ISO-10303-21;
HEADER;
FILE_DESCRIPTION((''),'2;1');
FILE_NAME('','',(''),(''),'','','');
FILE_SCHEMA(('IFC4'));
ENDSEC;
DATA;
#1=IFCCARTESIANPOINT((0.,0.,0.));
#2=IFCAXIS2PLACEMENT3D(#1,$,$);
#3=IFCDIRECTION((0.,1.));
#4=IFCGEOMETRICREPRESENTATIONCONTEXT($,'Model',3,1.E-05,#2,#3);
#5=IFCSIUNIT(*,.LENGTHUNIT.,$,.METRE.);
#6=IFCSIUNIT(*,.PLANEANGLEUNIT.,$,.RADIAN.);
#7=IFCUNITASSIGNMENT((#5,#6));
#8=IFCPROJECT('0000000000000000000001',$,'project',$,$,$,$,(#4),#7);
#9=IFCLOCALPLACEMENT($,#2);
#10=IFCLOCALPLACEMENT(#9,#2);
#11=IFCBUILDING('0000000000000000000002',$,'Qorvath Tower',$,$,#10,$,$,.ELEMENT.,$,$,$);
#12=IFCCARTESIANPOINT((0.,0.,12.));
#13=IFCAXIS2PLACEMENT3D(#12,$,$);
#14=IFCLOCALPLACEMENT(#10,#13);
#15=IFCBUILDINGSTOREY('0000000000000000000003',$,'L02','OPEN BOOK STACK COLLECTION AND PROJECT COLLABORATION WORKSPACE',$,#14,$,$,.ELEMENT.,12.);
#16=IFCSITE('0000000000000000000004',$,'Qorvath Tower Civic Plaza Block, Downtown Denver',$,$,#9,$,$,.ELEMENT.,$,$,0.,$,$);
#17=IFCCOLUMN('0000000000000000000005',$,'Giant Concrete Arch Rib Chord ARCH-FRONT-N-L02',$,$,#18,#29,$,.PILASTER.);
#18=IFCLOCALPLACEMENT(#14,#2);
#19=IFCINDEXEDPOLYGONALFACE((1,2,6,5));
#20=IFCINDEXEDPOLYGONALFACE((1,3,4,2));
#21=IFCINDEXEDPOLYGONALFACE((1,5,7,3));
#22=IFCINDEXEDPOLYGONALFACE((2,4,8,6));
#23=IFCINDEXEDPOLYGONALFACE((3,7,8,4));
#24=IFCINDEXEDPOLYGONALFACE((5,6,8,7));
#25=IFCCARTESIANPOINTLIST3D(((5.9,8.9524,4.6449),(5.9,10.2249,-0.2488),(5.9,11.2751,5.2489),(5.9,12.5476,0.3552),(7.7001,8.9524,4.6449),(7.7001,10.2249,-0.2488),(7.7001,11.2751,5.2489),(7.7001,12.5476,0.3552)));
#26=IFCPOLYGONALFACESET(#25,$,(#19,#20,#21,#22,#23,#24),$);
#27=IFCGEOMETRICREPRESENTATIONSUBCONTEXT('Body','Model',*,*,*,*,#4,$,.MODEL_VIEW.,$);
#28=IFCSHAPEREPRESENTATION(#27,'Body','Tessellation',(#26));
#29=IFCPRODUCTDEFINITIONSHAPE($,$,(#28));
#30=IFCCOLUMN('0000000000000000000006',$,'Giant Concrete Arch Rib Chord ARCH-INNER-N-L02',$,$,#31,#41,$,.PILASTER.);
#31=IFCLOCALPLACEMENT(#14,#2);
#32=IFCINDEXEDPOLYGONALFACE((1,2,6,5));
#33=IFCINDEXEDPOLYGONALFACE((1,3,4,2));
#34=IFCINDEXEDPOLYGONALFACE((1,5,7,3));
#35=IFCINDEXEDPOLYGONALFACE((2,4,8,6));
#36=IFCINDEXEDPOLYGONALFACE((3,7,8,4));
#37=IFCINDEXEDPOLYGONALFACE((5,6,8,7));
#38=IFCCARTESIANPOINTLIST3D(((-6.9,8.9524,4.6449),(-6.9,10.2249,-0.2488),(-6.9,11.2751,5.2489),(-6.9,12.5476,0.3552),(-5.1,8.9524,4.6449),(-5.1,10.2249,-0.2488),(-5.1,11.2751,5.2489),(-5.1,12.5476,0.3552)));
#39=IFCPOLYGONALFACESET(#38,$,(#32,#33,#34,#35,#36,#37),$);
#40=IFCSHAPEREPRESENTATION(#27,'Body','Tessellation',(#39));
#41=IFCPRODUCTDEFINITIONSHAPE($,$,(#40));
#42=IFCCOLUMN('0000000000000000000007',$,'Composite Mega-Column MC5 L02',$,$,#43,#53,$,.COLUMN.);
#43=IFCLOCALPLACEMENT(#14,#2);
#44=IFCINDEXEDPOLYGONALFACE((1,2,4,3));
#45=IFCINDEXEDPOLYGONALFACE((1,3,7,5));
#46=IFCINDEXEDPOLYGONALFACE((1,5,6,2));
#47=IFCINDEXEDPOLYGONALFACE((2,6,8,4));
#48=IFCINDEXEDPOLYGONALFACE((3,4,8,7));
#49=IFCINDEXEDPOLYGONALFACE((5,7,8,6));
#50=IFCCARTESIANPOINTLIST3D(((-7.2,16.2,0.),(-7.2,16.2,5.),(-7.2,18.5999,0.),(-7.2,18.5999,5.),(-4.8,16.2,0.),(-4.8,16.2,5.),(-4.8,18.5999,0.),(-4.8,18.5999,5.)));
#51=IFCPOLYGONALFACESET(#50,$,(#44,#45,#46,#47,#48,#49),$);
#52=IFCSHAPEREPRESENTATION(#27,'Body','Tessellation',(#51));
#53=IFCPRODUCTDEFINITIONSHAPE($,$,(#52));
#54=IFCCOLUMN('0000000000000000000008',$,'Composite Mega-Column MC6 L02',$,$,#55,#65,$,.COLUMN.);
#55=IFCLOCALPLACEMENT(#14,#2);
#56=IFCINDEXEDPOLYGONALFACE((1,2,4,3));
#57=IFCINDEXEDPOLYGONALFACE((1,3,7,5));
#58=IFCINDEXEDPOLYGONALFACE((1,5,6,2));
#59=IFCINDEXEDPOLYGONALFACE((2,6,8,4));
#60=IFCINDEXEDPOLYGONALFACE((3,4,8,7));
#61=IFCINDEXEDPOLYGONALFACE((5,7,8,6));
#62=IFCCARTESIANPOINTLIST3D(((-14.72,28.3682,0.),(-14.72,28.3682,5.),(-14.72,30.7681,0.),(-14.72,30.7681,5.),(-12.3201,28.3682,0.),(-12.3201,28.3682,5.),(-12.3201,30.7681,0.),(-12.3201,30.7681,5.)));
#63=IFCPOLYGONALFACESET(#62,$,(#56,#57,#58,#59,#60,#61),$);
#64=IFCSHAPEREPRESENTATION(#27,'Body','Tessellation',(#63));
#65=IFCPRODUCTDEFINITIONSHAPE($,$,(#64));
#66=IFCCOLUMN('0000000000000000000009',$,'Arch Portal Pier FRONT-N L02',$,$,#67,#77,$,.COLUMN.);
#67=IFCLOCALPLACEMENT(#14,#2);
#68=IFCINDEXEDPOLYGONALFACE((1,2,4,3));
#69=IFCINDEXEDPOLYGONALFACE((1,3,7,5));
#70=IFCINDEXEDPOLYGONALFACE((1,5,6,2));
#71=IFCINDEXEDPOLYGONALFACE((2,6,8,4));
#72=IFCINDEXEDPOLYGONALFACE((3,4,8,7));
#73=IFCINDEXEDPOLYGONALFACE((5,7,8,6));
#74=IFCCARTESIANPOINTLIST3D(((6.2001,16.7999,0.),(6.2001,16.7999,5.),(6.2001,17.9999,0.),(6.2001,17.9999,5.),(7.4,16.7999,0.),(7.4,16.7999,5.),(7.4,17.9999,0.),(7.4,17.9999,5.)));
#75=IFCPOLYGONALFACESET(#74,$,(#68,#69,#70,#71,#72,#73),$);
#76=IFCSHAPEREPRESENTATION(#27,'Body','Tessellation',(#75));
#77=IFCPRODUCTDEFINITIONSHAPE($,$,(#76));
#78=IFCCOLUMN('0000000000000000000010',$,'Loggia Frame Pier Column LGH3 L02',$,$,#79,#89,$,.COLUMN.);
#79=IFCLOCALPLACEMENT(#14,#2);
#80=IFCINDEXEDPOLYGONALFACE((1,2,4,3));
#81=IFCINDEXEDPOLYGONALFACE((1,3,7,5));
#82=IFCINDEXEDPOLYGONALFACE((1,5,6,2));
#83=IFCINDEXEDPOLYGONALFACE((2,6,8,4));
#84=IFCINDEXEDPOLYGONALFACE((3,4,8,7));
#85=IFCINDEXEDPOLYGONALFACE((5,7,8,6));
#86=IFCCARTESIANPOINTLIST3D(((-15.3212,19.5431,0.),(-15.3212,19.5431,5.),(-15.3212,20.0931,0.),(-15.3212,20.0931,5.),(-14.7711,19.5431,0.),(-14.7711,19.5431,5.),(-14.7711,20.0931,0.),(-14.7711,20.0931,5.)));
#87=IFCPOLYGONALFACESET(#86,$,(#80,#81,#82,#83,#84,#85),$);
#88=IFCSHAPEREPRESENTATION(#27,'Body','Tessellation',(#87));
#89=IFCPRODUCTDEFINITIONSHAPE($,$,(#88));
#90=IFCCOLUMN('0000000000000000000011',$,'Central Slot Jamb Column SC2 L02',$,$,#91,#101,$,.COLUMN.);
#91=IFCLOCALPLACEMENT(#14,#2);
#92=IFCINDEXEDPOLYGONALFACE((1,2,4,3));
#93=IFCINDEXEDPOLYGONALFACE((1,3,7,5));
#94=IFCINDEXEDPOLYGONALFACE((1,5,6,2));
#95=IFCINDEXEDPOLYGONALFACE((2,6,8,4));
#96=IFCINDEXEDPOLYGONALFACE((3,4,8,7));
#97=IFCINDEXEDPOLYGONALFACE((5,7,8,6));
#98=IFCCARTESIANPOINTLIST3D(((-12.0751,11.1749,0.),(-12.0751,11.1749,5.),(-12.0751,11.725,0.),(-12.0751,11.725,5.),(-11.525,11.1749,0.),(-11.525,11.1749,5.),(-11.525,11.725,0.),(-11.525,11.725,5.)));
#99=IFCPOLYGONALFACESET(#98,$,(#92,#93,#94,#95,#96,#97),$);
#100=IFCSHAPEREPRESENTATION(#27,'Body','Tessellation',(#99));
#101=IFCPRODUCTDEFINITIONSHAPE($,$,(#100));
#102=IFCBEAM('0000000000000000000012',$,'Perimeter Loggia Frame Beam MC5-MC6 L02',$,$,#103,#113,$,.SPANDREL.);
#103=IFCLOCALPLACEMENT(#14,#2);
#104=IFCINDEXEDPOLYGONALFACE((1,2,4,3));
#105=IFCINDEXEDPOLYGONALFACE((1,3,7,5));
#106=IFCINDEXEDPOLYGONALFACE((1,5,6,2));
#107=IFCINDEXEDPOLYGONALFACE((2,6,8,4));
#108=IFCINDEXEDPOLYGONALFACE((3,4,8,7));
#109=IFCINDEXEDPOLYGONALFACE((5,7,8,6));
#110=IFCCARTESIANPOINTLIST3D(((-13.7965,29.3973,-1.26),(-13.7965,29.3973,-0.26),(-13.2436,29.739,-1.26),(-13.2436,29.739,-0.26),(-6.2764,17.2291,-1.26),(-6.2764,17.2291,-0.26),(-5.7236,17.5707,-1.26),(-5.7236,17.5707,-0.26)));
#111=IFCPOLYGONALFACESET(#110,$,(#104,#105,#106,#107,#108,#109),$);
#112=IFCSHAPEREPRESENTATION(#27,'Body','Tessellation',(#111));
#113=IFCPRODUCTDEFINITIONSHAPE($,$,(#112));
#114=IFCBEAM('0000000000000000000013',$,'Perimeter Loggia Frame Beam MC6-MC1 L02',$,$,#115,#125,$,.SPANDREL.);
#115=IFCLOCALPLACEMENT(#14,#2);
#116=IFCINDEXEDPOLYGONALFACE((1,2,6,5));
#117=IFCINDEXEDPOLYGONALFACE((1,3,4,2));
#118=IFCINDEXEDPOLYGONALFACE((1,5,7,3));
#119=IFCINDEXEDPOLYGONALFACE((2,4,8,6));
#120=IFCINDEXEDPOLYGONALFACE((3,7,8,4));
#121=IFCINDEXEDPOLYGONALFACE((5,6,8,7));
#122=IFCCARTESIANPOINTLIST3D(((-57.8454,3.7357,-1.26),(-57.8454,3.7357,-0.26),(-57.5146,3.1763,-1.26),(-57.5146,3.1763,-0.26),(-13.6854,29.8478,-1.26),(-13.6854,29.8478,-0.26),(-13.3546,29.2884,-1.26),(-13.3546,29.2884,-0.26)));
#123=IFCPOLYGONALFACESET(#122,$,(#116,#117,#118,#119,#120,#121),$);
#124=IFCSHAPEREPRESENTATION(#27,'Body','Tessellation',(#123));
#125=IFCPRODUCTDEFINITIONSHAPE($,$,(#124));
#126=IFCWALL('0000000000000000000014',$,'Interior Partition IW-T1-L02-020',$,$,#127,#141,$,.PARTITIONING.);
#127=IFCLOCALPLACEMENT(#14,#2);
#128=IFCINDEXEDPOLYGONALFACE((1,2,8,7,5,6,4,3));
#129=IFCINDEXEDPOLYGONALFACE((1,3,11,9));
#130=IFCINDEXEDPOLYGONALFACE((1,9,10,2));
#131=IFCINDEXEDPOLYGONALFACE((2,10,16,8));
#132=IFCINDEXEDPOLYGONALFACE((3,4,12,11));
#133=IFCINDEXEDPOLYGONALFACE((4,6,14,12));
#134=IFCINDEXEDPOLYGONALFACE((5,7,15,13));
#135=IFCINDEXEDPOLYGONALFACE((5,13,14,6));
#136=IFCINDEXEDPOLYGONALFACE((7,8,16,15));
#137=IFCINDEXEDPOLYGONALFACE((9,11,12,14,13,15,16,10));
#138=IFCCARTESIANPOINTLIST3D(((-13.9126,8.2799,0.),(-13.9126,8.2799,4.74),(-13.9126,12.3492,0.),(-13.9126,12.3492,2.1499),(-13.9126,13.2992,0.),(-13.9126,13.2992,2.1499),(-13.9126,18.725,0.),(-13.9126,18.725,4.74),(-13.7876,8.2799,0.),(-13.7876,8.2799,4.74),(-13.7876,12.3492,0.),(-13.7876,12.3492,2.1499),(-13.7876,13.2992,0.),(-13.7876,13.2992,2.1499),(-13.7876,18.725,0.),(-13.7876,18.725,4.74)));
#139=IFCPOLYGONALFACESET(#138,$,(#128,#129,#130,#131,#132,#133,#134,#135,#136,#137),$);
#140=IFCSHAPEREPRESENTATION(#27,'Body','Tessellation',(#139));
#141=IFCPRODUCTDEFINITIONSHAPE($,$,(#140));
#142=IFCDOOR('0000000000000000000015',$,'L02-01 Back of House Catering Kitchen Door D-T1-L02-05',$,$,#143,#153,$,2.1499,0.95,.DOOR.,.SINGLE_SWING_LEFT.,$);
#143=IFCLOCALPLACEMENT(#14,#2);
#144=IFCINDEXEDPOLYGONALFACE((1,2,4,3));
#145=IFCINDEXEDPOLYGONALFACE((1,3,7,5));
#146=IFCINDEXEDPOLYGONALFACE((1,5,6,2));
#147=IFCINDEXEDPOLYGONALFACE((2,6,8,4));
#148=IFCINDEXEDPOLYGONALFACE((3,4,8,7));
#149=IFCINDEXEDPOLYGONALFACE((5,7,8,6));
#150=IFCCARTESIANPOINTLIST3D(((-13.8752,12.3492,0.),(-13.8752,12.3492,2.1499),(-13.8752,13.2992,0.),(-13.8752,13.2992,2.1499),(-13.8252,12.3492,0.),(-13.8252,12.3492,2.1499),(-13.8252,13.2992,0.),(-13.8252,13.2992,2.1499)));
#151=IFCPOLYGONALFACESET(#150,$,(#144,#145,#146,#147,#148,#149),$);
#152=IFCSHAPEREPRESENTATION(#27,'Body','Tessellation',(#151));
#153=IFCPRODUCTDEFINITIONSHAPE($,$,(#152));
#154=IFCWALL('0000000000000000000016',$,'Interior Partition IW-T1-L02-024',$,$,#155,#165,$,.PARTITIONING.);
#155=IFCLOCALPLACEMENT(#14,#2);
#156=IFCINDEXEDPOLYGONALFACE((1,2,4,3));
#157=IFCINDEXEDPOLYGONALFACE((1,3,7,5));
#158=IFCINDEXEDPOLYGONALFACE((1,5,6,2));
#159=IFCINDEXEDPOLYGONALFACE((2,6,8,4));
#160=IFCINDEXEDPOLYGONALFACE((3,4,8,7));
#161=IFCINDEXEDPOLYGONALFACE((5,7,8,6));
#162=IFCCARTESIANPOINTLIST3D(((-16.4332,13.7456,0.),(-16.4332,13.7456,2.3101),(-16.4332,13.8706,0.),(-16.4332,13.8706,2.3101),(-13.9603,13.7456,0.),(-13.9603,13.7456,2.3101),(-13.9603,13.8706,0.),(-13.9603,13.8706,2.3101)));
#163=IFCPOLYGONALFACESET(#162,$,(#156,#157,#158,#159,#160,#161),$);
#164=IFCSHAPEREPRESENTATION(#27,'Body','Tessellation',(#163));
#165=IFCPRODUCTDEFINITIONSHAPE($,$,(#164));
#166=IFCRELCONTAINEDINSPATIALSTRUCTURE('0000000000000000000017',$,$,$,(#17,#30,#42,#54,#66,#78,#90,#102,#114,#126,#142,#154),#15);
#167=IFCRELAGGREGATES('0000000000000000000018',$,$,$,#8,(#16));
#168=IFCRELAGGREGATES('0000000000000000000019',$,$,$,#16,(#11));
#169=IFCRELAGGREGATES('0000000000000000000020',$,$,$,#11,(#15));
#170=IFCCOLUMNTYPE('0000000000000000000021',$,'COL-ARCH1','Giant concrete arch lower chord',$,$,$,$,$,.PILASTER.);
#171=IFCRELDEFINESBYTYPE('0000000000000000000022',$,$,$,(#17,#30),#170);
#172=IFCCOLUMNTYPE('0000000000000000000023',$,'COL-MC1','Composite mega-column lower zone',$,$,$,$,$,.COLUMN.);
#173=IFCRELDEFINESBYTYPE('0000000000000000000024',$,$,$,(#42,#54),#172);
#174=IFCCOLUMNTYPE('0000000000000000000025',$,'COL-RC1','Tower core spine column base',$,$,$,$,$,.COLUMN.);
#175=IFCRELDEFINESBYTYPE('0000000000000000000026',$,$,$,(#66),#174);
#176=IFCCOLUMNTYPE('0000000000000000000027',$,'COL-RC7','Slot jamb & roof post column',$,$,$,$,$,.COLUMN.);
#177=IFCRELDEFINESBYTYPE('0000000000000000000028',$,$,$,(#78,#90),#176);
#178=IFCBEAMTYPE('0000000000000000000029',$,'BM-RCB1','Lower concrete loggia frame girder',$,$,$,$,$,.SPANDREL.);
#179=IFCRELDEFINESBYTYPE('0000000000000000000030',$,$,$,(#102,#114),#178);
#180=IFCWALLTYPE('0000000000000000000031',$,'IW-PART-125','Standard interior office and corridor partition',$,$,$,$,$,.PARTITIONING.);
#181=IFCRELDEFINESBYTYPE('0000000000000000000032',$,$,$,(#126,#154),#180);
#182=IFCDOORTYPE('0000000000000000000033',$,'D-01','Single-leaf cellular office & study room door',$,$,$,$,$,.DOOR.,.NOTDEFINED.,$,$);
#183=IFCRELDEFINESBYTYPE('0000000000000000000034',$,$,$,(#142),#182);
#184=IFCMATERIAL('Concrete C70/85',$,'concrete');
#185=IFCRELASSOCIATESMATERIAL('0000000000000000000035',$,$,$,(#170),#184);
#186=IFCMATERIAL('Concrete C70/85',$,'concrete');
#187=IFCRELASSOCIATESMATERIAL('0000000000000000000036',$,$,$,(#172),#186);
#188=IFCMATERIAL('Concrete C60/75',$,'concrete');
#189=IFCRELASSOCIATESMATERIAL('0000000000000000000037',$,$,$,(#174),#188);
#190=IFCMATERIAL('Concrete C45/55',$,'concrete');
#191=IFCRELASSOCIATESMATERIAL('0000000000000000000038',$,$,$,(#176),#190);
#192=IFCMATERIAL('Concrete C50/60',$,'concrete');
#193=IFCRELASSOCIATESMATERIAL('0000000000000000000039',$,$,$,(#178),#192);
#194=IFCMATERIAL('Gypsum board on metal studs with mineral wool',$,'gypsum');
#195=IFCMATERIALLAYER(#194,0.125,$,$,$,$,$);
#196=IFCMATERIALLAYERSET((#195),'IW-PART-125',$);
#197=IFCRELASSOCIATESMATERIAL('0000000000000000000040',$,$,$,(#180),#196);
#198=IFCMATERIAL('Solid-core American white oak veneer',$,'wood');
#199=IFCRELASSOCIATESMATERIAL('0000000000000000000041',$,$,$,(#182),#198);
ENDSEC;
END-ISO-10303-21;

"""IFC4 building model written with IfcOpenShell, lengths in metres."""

from ifc_helpers import new_model, si_unit, direction, frame, frame_2d, origin, origin_2d, place, context, subcontext, project, spatial, rectangle, extrude, material, layer, layer_set, material_profile, profile_set, type_object, element, fill, save


model = new_model("IFC4")

# Units and contexts
model_context = context("Model", 3, precision=1e-05, world=origin(), true_north=direction((0.0, 1.0)))
body_context = subcontext(model_context, "Body", "Model", "MODEL_VIEW")
ifc_project = project(units=[si_unit("LENGTHUNIT", "METRE"), si_unit("PLANEANGLEUNIT", "RADIAN")], contexts=[model_context])

# Site, building, storey
site_placement = place(None, origin())
site = spatial("IfcSite", under=ifc_project, at=site_placement, Name="Qorvath Tower Civic Plaza Block, Downtown Denver", CompositionType="ELEMENT", RefElevation=0.0)
building_placement = place(site_placement, origin())
building = spatial("IfcBuilding", under=site, at=building_placement, Name="Qorvath Tower", CompositionType="ELEMENT")
storey_placement = place(building_placement, frame((0.0, 0.0, 12.0)))
storey = spatial("IfcBuildingStorey", under=building, at=storey_placement, Name="L02", Description="OPEN BOOK STACK COLLECTION AND PROJECT COLLABORATION WORKSPACE", CompositionType="ELEMENT", Elevation=12.0)

# Columns
ifc_material_1 = material(Name="Concrete C70/85", Category="concrete")
ifc_material_profile_1 = material_profile(ifc_material_1, rectangle(XDim=1.8, YDim=2.3999, at=origin_2d()), Name="ARCH 2400x1800")
ifc_profile_set_1 = profile_set([ifc_material_profile_1], Name="Concrete C70/85")
column_type_1 = type_object("IfcColumnType", Name="COL-ARCH1", Description="Giant concrete arch lower chord", PredefinedType="PILASTER", material=ifc_profile_set_1)
for number, where, z_axis, x_axis, name in (
    (1, (6.8, 11.3862, 0.0532), (0.0, -0.251659, 0.967816), (1.0, 0.0, 0.0), "Giant Concrete Arch Rib Chord ARCH-FRONT-N-L02"),
    (2, (-6.0, 11.3862, 0.0532), (0.0, -0.251659, 0.967816), (1.0, 0.0, 0.0), "Giant Concrete Arch Rib Chord ARCH-INNER-N-L02"),
):
    element("IfcColumn", number, at=place(storey_placement, frame(where, z_axis=z_axis, x_axis=x_axis)), inside=storey, type_object=column_type_1, Name=name, PredefinedType="PILASTER", context=body_context, shape_type="SweptSolid", body=[
        extrude(rectangle(XDim=1.8, YDim=2.3999, at=origin_2d()), origin(), (0.0, 0.0, 1.0), 5.0564),
    ])
ifc_material_2 = material(Name="Concrete C70/85", Category="concrete")
ifc_material_profile_2 = material_profile(ifc_material_2, rectangle(XDim=2.3999, YDim=2.3999, at=origin_2d()), Name="MC 2400x2400")
ifc_profile_set_2 = profile_set([ifc_material_profile_2], Name="Concrete C70/85")
column_type_2 = type_object("IfcColumnType", Name="COL-MC1", Description="Composite mega-column lower zone", PredefinedType="COLUMN", material=ifc_profile_set_2)
for number, where, z_axis, x_axis, name in (
    (3, (-6.0, 17.3999, 0.0), (0.0, 0.0, 1.0), (1.0, 0.0, 0.0), "Composite Mega-Column MC5 L02"),
    (4, (-13.52, 29.5681, 0.0), (0.0, 0.0, 1.0), (1.0, 0.0, 0.0), "Composite Mega-Column MC6 L02"),
):
    element("IfcColumn", number, at=place(storey_placement, frame(where, z_axis=z_axis, x_axis=x_axis)), inside=storey, type_object=column_type_2, Name=name, PredefinedType="COLUMN", context=body_context, shape_type="SweptSolid", body=[
        extrude(rectangle(XDim=2.3999, YDim=2.3999, at=origin_2d()), origin(), (0.0, 0.0, 1.0), 5.0),
    ])
ifc_material_3 = material(Name="Concrete C60/75", Category="concrete")
ifc_material_profile_3 = material_profile(ifc_material_3, rectangle(XDim=1.2, YDim=1.2, at=origin_2d()), Name="RC 1200x1200")
ifc_profile_set_3 = profile_set([ifc_material_profile_3], Name="Concrete C60/75")
column_type_3 = type_object("IfcColumnType", Name="COL-RC1", Description="Tower core spine column base", PredefinedType="COLUMN", material=ifc_profile_set_3)
column_placement = place(storey_placement, frame((6.8, 17.3999, 0.0), z_axis=(0.0, 0.0, 1.0), x_axis=(1.0, 0.0, 0.0)))
element("IfcColumn", 5, at=column_placement, inside=storey, type_object=column_type_3, Name="Arch Portal Pier FRONT-N L02", PredefinedType="COLUMN", context=body_context, shape_type="SweptSolid", body=[
    extrude(rectangle(XDim=1.2, YDim=1.2, at=origin_2d()), origin(), (0.0, 0.0, 1.0), 5.0),
])
ifc_material_4 = material(Name="Concrete C45/55", Category="concrete")
ifc_material_profile_4 = material_profile(ifc_material_4, rectangle(XDim=0.55, YDim=0.55, at=origin_2d()), Name="RC 550x550")
ifc_profile_set_4 = profile_set([ifc_material_profile_4], Name="Concrete C45/55")
column_type_4 = type_object("IfcColumnType", Name="COL-RC7", Description="Slot jamb & roof post column", PredefinedType="COLUMN", material=ifc_profile_set_4)
for number, where, z_axis, x_axis, name in (
    (6, (-15.0461, 19.8181, 0.0), (0.0, 0.0, 1.0), (1.0, 0.0, 0.0), "Loggia Frame Pier Column LGH3 L02"),
    (7, (-11.8, 11.45, 0.0), (0.0, 0.0, 1.0), (1.0, 0.0, 0.0), "Central Slot Jamb Column SC2 L02"),
):
    element("IfcColumn", number, at=place(storey_placement, frame(where, z_axis=z_axis, x_axis=x_axis)), inside=storey, type_object=column_type_4, Name=name, PredefinedType="COLUMN", context=body_context, shape_type="SweptSolid", body=[
        extrude(rectangle(XDim=0.55, YDim=0.55, at=origin_2d()), origin(), (0.0, 0.0, 1.0), 5.0),
    ])

# Beams
ifc_material_5 = material(Name="Concrete C50/60", Category="concrete")
ifc_material_profile_5 = material_profile(ifc_material_5, rectangle(XDim=0.6499, YDim=1.0, at=origin_2d()), Name="RCB 1000x650")
ifc_profile_set_5 = profile_set([ifc_material_profile_5], Name="Concrete C50/60")
beam_type = type_object("IfcBeamType", Name="BM-RCB1", Description="Lower concrete loggia frame girder", PredefinedType="SPANDREL", material=ifc_profile_set_5)
beam_1_placement = place(storey_placement, frame((-6.0, 17.3999, -0.76), z_axis=(-0.525713, 0.850662, 0.0), x_axis=(-0.850662, -0.525713, 0.0)))
element("IfcBeam", 8, at=beam_1_placement, inside=storey, type_object=beam_type, Name="Perimeter Loggia Frame Beam MC5-MC6 L02", PredefinedType="SPANDREL", context=body_context, shape_type="SweptSolid", body=[
    extrude(rectangle(XDim=0.6499, YDim=1.0, at=origin_2d()), origin(), (0.0, 0.0, 1.0), 14.3044),
])
beam_2_placement = place(storey_placement, frame((-13.52, 29.5681, -0.76), z_axis=(-0.860777, -0.508983, 0.0), x_axis=(0.508983, -0.860777, 0.0)))
element("IfcBeam", 9, at=beam_2_placement, inside=storey, type_object=beam_type, Name="Perimeter Loggia Frame Beam MC6-MC1 L02", PredefinedType="SPANDREL", context=body_context, shape_type="SweptSolid", body=[
    extrude(rectangle(XDim=0.6499, YDim=1.0, at=origin_2d()), origin(), (0.0, 0.0, 1.0), 51.3025),
])

# Wall, opening, door
ifc_material_6 = material(Name="Gypsum board on metal studs with mineral wool", Category="gypsum")
ifc_layer_1 = layer(ifc_material_6, 0.125)
ifc_layer_set_1 = layer_set([ifc_layer_1], Name="IW-PART-125")
wall_type_1 = type_object("IfcWallType", Name="IW-PART-125", Description="Standard interior office and corridor partition", PredefinedType="PARTITIONING", material=ifc_layer_set_1)
wall_1_placement = place(storey_placement, frame((-13.8501, 18.7251, 0.0), z_axis=(0.0, 0.0, 1.0), x_axis=(0.0, -1.0, 0.0)))
wall_1 = element("IfcWall", 10, at=wall_1_placement, inside=storey, type_object=wall_type_1, Name="Interior Partition IW-T1-L02-020", PredefinedType="PARTITIONING", context=body_context, shape_type="SweptSolid", body=[
    extrude(rectangle(XDim=10.4451, YDim=0.125, at=frame_2d((5.2227, 0.0))), origin(), (0.0, 0.0, 1.0), 4.74),
])
opening_1_placement = place(wall_1_placement, frame((5.4258, 0.0, 0.0)))
opening_1 = element("IfcOpeningElement", 11, at=opening_1_placement, cuts=wall_1, PredefinedType="OPENING", context=body_context, shape_type="SweptSolid", body=[
    extrude(rectangle(XDim=0.95, YDim=2.1499, at=frame_2d((0.4751, 1.075))), frame((0.0, 0.0725, 0.0), z_axis=(0.0, -1.0, 0.0), x_axis=(1.0, 0.0, 0.0)), (0.0, 0.0, 1.0), 0.145),
])
ifc_material_7 = material(Name="Solid-core American white oak veneer", Category="wood")
door_type_1 = type_object("IfcDoorType", Name="D-01", Description="Single-leaf cellular office & study room door", OperationType="NOTDEFINED", PredefinedType="DOOR", material=ifc_material_7)
door_1_placement = place(opening_1_placement, origin())
door_1 = element("IfcDoor", 12, at=door_1_placement, inside=storey, type_object=door_type_1, Name="L02-01 Back of House Catering Kitchen Door D-T1-L02-05", OperationType="SINGLE_SWING_LEFT", OverallHeight=2.1499, OverallWidth=0.95, PredefinedType="DOOR", context=body_context, shape_type="SweptSolid", body=[
    extrude(rectangle(XDim=0.95, YDim=2.1499, at=frame_2d((0.4751, 1.075))), frame((0.0, 0.0249, 0.0), z_axis=(0.0, -1.0, 0.0), x_axis=(1.0, 0.0, 0.0)), (0.0, 0.0, 1.0), 0.05),
])
fill(opening_1, door_1)

# Wall
wall_2_placement = place(storey_placement, frame((-16.4331, 13.8081, 0.0), z_axis=(0.0, 0.0, 1.0), x_axis=(1.0, 0.0, 0.0)))
element("IfcWall", 13, at=wall_2_placement, inside=storey, type_object=wall_type_1, Name="Interior Partition IW-T1-L02-024", PredefinedType="PARTITIONING", context=body_context, shape_type="SweptSolid", body=[
    extrude(rectangle(XDim=2.4729, YDim=0.125, at=frame_2d((1.2363, 0.0))), origin(), (0.0, 0.0, 1.0), 2.3101),
])

save(model, "model.ifc")
